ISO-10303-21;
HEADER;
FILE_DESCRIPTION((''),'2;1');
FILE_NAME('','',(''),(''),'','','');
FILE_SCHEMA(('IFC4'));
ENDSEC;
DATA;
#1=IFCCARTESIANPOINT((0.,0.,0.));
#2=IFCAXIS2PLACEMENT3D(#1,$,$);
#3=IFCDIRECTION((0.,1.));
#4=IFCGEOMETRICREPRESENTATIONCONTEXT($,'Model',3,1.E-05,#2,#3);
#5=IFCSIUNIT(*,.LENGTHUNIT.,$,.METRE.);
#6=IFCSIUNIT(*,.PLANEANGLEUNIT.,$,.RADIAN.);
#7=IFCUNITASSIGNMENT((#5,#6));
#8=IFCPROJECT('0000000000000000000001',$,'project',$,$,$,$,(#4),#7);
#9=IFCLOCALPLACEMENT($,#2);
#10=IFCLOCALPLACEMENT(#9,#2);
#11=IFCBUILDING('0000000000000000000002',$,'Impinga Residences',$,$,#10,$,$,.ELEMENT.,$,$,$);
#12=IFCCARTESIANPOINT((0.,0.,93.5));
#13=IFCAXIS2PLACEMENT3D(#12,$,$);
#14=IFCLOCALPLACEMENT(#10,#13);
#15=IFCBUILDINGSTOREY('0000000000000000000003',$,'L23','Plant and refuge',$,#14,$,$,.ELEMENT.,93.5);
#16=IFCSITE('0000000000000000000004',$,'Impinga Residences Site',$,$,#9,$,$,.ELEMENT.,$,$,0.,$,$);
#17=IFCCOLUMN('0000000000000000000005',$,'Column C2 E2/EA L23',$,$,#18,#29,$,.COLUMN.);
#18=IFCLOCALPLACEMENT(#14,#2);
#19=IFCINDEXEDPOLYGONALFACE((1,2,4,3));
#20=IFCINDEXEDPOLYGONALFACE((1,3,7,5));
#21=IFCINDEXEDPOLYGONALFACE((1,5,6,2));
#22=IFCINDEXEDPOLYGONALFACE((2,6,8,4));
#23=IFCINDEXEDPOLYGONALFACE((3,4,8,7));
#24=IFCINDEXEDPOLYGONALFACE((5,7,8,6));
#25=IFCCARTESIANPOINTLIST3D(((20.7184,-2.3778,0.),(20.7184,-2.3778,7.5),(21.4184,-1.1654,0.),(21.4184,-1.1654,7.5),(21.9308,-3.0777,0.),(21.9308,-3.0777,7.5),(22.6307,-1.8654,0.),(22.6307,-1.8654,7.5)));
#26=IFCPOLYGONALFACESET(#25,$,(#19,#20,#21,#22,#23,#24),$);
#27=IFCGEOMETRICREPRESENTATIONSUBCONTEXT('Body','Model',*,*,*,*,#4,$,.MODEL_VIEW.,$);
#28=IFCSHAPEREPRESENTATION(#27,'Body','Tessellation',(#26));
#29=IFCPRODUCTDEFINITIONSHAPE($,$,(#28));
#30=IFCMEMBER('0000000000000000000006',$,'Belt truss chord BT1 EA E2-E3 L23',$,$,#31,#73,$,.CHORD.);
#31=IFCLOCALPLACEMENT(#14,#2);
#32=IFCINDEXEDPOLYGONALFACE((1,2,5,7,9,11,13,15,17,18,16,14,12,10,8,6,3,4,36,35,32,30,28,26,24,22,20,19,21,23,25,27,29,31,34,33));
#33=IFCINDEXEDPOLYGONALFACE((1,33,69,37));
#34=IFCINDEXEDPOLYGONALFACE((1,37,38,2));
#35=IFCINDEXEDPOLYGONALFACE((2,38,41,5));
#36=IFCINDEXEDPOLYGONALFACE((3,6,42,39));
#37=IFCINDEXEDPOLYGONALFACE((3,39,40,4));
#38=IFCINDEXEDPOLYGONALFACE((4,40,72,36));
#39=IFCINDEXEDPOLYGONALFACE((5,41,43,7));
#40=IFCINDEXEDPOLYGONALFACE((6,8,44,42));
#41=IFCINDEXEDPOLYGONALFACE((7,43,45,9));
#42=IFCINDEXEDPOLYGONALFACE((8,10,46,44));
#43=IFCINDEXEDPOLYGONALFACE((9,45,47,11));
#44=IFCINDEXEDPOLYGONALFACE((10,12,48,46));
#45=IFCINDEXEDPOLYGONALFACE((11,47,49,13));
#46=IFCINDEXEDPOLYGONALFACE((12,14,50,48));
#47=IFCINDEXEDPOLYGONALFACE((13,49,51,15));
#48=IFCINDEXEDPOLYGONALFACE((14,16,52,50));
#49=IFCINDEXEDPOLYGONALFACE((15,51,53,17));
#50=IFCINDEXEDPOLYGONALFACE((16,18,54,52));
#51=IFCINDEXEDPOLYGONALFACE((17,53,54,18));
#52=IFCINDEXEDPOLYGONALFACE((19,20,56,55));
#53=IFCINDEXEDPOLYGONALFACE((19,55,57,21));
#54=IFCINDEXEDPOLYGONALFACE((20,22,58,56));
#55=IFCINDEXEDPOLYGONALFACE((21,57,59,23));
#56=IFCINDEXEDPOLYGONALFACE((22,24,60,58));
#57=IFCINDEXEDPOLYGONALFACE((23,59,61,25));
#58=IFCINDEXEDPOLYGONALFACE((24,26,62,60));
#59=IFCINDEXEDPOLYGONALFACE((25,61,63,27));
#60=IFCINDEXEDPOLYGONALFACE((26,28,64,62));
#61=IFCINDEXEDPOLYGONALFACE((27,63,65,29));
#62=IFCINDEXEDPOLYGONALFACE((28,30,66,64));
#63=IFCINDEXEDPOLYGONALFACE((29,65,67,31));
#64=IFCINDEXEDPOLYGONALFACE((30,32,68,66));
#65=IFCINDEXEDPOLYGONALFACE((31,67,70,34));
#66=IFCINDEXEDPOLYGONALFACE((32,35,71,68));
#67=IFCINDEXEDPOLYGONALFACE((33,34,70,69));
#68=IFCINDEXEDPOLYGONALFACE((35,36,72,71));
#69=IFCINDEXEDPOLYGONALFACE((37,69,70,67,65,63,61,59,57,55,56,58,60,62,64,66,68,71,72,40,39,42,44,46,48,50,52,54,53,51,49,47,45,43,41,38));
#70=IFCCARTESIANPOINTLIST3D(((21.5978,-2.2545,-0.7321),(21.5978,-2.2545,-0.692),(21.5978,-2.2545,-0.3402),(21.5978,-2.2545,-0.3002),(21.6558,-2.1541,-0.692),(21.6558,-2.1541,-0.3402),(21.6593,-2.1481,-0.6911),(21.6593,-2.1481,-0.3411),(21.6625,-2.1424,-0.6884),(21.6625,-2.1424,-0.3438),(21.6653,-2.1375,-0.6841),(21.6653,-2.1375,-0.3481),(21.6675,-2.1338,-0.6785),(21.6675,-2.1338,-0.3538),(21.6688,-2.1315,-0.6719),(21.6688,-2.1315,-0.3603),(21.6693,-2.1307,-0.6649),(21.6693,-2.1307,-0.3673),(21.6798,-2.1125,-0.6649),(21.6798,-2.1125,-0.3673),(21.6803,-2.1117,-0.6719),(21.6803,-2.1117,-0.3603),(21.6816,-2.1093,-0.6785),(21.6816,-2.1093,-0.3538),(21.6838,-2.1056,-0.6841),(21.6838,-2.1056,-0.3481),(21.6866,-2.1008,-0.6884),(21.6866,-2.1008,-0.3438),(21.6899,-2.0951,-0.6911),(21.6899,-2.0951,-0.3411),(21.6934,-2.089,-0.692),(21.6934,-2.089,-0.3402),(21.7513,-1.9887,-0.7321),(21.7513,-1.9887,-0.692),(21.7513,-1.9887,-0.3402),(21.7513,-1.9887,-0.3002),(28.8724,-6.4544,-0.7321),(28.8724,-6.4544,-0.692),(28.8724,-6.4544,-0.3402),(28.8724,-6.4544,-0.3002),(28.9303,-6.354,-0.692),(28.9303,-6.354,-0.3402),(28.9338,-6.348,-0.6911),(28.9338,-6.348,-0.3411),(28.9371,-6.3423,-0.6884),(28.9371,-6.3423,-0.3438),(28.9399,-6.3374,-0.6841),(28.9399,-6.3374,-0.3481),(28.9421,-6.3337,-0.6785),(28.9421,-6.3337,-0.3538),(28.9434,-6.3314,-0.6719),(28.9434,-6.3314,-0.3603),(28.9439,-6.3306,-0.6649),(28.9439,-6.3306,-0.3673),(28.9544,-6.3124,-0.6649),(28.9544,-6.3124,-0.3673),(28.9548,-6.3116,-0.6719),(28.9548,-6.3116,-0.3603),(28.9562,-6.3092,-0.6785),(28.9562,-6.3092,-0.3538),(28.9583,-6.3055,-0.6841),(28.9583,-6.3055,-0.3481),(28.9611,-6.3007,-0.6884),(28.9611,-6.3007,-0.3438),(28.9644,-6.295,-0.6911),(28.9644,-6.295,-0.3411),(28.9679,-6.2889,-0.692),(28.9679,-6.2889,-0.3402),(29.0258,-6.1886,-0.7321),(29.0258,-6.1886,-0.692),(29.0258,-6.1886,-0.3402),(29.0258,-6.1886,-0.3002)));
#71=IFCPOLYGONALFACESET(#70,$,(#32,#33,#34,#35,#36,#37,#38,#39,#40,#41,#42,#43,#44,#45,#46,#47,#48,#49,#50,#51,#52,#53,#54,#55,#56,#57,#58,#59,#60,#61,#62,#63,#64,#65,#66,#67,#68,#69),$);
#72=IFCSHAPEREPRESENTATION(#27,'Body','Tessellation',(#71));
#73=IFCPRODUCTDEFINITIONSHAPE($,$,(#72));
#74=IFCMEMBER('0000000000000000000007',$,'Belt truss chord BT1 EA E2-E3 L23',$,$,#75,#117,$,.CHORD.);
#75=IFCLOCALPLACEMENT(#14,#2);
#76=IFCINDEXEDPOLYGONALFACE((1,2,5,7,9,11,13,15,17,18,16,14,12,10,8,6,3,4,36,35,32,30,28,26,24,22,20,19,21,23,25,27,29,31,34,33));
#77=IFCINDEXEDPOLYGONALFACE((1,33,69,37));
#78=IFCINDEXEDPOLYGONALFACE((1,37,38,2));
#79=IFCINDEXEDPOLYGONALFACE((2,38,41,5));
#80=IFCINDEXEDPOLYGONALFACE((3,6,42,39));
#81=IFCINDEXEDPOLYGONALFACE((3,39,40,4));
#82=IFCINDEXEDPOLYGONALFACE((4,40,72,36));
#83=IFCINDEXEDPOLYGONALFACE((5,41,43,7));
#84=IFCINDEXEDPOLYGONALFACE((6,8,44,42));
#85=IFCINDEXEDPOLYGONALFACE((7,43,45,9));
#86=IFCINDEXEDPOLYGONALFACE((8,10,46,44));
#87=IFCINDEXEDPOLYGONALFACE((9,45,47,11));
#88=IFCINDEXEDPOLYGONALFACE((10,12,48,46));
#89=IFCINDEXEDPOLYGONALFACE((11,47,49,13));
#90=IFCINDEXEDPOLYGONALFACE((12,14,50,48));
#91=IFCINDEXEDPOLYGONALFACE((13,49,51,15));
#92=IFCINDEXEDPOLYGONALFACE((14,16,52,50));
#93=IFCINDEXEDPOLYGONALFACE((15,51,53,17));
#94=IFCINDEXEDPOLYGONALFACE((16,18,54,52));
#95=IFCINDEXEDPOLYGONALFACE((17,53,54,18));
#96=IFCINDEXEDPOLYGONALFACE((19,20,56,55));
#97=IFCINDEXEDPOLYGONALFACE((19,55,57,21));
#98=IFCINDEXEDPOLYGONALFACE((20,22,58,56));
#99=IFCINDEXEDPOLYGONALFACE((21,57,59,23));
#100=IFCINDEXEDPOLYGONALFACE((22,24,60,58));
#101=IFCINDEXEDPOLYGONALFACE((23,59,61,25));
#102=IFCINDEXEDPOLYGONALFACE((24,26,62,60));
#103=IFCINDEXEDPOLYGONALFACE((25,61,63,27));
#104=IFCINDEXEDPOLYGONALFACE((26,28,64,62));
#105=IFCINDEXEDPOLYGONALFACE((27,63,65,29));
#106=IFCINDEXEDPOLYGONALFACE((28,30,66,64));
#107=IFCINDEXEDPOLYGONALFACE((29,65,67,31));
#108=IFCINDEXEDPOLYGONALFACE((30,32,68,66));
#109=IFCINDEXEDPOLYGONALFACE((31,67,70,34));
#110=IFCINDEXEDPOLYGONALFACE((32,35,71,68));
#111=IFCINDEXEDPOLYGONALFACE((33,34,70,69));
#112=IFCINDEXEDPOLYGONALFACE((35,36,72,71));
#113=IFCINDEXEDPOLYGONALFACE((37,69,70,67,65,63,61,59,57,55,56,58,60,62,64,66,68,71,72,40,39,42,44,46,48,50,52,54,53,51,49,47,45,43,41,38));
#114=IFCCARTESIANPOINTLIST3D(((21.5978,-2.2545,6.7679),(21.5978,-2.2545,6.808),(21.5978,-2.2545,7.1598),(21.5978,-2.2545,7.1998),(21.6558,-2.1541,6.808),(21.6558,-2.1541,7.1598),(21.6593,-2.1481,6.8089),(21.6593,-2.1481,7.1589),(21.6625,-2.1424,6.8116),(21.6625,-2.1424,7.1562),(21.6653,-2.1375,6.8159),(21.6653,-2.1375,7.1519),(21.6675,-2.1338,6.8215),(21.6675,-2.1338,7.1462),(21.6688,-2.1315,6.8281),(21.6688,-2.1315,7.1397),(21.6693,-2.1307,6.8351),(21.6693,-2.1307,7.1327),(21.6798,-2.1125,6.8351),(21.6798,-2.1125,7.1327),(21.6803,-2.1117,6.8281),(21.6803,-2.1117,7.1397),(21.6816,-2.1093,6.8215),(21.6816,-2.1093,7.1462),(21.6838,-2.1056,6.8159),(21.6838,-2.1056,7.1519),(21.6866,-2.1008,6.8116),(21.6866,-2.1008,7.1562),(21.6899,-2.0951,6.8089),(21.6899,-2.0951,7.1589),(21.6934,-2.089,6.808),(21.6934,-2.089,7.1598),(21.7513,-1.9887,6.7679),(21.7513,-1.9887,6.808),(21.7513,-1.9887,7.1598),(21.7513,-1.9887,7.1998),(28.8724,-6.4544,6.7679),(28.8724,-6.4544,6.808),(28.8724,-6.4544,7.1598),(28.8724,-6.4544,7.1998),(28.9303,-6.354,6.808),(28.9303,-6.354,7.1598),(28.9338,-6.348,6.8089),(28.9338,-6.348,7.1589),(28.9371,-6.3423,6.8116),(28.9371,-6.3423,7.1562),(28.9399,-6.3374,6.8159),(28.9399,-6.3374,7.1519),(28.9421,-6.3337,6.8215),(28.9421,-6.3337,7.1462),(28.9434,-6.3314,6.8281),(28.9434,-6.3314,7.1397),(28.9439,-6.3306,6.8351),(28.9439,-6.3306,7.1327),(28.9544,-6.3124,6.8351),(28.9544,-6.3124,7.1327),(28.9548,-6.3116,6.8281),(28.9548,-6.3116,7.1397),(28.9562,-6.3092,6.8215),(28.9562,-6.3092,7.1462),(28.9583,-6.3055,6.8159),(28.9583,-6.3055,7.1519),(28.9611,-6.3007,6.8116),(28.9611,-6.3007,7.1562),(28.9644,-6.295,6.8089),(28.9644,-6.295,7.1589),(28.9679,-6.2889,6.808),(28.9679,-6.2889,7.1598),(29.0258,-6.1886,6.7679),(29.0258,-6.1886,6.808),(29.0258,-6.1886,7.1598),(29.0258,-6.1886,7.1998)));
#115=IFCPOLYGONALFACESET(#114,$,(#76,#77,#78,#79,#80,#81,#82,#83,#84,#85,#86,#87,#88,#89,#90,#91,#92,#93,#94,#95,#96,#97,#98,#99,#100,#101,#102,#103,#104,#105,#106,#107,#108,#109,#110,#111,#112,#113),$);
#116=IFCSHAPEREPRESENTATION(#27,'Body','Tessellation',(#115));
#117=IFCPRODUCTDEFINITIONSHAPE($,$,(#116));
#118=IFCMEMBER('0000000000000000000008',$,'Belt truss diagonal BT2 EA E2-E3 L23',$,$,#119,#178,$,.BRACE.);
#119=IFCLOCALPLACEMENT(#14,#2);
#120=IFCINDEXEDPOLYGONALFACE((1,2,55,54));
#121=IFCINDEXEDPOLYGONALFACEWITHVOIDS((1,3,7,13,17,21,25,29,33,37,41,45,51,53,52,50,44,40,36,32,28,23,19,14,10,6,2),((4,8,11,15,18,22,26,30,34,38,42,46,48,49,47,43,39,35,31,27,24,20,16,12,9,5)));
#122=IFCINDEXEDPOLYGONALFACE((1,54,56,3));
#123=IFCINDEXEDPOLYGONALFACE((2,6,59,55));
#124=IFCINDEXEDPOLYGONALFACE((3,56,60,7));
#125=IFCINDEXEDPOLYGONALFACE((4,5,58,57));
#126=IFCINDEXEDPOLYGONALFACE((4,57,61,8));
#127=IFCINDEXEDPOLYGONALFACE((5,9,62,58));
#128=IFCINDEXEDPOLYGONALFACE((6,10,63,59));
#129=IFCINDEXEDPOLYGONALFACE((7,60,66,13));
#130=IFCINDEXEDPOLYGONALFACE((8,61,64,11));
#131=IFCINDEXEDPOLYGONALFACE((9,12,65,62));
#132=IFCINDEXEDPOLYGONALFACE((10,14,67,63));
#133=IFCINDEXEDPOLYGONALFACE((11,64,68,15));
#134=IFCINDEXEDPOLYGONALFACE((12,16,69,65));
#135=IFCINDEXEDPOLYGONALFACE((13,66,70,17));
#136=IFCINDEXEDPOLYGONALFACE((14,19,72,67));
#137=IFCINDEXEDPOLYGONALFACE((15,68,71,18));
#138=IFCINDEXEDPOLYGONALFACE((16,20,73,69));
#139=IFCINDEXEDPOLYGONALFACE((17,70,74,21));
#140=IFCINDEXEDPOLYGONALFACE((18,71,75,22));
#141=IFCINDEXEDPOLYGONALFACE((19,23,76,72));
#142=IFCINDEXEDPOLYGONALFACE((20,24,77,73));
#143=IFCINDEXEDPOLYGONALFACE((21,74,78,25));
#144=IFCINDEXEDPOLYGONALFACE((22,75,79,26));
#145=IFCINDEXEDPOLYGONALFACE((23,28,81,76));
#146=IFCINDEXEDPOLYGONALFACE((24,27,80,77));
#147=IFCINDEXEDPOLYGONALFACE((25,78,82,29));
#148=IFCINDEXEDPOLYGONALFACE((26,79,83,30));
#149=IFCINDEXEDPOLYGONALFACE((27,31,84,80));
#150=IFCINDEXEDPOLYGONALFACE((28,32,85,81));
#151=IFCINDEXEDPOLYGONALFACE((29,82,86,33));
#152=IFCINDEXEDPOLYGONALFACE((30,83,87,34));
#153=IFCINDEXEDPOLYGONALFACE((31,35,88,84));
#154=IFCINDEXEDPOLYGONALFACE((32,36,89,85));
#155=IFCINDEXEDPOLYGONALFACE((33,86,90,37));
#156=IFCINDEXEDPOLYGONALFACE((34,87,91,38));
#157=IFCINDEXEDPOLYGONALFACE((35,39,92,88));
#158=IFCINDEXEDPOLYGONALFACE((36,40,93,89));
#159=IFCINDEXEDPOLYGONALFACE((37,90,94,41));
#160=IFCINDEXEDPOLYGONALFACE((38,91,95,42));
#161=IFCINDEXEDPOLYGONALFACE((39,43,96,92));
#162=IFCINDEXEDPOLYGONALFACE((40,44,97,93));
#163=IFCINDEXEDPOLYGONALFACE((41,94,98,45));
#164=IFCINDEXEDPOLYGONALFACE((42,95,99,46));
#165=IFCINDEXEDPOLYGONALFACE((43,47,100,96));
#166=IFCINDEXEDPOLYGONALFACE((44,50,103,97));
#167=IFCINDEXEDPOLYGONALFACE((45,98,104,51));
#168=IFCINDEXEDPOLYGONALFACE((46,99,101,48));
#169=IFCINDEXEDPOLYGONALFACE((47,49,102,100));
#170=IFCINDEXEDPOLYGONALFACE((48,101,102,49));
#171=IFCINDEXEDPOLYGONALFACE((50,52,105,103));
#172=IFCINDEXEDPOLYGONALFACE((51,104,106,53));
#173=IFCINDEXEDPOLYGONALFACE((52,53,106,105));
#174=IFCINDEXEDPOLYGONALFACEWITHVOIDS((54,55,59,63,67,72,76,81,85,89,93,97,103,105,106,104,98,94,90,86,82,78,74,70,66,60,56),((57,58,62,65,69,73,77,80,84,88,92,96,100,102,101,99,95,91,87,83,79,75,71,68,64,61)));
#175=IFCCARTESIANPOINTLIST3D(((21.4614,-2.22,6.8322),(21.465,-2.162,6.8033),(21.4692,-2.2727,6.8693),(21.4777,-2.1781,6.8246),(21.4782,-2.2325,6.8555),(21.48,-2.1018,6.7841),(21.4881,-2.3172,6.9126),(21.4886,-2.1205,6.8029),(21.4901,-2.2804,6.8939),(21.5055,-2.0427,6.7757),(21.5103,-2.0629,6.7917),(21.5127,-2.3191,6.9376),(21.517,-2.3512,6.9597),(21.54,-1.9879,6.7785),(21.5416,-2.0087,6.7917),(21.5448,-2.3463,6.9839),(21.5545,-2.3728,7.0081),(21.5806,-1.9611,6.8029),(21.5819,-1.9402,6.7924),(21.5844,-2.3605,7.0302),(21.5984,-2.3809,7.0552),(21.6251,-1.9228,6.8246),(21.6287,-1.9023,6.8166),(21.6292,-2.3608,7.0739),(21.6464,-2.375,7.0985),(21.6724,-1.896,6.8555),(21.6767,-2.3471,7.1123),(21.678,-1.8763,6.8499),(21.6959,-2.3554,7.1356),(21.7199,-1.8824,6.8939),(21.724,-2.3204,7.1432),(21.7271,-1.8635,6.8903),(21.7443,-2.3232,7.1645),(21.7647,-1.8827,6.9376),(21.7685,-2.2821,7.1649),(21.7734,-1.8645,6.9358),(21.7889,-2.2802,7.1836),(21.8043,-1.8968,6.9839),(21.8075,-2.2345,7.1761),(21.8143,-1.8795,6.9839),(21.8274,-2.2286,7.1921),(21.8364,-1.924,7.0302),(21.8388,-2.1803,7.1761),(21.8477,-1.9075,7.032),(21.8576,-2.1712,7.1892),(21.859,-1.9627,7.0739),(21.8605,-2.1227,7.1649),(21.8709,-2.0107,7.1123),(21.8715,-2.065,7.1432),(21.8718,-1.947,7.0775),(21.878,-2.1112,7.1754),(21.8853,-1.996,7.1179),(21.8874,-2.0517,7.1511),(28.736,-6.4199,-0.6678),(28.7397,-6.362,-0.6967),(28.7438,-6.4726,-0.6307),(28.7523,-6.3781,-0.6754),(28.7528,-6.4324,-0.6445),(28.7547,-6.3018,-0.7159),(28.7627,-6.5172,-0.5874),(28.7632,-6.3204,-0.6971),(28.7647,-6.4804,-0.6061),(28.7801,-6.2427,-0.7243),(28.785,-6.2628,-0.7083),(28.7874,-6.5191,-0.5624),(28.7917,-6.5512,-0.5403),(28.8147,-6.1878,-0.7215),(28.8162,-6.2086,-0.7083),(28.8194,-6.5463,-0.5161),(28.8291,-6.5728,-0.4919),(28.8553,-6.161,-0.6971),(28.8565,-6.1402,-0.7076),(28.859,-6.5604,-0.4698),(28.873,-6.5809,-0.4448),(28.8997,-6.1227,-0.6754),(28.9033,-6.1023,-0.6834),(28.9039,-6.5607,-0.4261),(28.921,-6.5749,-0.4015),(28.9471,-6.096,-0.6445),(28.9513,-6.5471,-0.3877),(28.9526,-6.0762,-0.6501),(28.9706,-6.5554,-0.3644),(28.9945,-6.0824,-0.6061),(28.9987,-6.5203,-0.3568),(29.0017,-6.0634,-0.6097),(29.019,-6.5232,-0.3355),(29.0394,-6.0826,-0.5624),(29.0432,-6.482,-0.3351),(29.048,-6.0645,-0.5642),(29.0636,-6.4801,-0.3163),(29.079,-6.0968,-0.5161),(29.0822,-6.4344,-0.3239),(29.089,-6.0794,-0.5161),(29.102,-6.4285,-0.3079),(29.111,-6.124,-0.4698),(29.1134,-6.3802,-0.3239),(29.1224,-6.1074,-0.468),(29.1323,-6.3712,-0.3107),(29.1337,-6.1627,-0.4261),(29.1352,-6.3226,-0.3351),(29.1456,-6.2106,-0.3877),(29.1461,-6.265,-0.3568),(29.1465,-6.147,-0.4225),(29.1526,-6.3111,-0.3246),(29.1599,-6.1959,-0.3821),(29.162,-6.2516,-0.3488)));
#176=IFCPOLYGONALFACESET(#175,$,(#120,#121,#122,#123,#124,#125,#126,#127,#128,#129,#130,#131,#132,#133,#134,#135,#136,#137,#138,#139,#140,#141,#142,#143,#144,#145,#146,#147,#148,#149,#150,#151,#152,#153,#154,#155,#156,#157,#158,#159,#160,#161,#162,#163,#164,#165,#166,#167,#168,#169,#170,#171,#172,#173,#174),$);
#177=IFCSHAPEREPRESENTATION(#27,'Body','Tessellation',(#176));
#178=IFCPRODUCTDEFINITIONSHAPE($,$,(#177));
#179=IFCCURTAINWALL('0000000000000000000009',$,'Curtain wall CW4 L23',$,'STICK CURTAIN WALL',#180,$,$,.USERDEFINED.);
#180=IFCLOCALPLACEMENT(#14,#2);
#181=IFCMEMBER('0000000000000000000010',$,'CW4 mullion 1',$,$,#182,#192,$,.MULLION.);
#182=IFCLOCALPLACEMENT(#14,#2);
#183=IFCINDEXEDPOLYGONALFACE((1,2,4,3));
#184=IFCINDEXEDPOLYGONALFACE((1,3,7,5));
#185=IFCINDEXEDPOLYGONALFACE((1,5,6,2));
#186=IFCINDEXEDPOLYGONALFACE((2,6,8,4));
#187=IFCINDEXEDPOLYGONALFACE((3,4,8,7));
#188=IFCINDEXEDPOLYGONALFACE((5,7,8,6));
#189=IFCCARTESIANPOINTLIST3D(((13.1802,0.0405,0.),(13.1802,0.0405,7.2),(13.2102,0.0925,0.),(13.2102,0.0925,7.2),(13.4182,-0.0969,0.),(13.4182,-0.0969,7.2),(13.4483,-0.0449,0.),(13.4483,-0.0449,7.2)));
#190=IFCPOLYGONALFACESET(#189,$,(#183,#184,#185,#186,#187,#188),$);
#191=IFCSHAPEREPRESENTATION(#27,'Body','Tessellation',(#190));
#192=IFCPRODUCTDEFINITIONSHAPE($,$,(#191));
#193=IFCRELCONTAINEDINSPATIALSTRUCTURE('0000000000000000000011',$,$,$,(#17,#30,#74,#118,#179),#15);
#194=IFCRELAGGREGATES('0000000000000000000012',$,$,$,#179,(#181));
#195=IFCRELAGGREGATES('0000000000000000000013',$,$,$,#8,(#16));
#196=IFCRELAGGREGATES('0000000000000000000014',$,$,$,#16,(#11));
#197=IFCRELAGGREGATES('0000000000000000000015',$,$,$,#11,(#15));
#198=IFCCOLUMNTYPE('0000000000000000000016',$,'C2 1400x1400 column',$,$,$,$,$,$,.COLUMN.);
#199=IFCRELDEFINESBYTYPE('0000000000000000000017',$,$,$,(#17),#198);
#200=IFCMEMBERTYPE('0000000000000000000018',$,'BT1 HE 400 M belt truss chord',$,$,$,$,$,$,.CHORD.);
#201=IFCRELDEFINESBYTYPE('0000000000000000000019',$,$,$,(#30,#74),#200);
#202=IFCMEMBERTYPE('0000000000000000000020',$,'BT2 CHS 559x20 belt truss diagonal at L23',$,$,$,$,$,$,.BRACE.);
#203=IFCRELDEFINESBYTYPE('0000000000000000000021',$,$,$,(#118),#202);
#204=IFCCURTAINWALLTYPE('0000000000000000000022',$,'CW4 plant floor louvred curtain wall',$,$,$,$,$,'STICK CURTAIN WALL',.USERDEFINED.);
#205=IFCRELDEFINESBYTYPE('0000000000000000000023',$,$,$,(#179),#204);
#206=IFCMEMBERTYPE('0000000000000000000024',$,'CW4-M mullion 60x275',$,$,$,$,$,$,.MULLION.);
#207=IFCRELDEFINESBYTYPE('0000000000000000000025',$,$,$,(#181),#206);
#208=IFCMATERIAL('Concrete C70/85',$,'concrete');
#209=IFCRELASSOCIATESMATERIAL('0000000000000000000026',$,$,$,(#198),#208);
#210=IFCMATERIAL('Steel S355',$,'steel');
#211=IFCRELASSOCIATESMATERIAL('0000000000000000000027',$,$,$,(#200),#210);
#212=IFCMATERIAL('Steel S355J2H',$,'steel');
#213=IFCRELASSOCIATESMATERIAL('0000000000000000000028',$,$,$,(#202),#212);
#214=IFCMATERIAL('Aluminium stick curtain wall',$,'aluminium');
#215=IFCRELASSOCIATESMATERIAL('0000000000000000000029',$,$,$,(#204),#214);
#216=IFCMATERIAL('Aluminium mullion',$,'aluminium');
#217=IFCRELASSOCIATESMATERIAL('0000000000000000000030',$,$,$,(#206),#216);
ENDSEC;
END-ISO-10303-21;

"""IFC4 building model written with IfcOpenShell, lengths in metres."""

from ifc_helpers import new_model, si_unit, direction, frame, origin, origin_2d, place, context, subcontext, project, spatial, rectangle, hollow_circle, i_section, extrude, material, material_profile, profile_set, type_object, element, aggregate, save


model = new_model("IFC4")

# Units and contexts
model_context = context("Model", 3, precision=1e-05, world=origin(), true_north=direction((0.0, 1.0)))
body_context = subcontext(model_context, "Body", "Model", "MODEL_VIEW")
ifc_project = project(units=[si_unit("LENGTHUNIT", "METRE"), si_unit("PLANEANGLEUNIT", "RADIAN")], contexts=[model_context])

# Site, building, storey
site_placement = place(None, origin())
site = spatial("IfcSite", under=ifc_project, at=site_placement, Name="Impinga Residences Site", CompositionType="ELEMENT", RefElevation=0.0)
building_placement = place(site_placement, origin())
building = spatial("IfcBuilding", under=site, at=building_placement, Name="Impinga Residences", CompositionType="ELEMENT")
storey_placement = place(building_placement, frame((0.0, 0.0, 93.5)))
storey = spatial("IfcBuildingStorey", under=building, at=storey_placement, Name="L23", Description="Plant and refuge", CompositionType="ELEMENT", Elevation=93.5)

# Column
ifc_material_1 = material(Name="Concrete C70/85", Category="concrete")
ifc_material_profile_1 = material_profile(ifc_material_1, rectangle(XDim=1.3999, YDim=1.3999, at=origin_2d()), Name="RC 1400x1400")
ifc_profile_set_1 = profile_set([ifc_material_profile_1], Name="Concrete C70/85")
column_type = type_object("IfcColumnType", Name="C2 1400x1400 column", PredefinedType="COLUMN", material=ifc_profile_set_1)
column_placement = place(storey_placement, frame((21.6746, -2.1216, 0.0), z_axis=(0.0, 0.0, 1.0), x_axis=(-0.5, -0.866025, 0.0)))
element("IfcColumn", 1, at=column_placement, inside=storey, type_object=column_type, Name="Column C2 E2/EA L23", PredefinedType="COLUMN", context=body_context, shape_type="SweptSolid", body=[
    extrude(rectangle(XDim=1.3999, YDim=1.3999, at=origin_2d()), origin(), (0.0, 0.0, 1.0), 7.5),
])

# Members
ifc_material_2 = material(Name="Steel S355", Category="steel")
ifc_material_profile_2 = material_profile(ifc_material_2, i_section(OverallWidth=0.3069, OverallDepth=0.4319, WebThickness=0.021, FlangeThickness=0.04, FilletRadius=0.0271, at=origin_2d()), Name="HE 400 M")
ifc_profile_set_2 = profile_set([ifc_material_profile_2], Name="Steel S355")
member_type_1 = type_object("IfcMemberType", Name="BT1 HE 400 M belt truss chord", PredefinedType="CHORD", material=ifc_profile_set_2)
for number, where, z_axis, x_axis, name in (
    (2, (21.6746, -2.1216, -0.5161), (0.866029, -0.499993, 0.0), (0.499993, 0.866029, 0.0), "Belt truss chord BT1 EA E2-E3 L23"),
    (3, (21.6746, -2.1216, 6.9839), (0.866029, -0.499993, 0.0), (0.499993, 0.866029, 0.0), "Belt truss chord BT1 EA E2-E3 L23"),
):
    element("IfcMember", number, at=place(storey_placement, frame(where, z_axis=z_axis, x_axis=x_axis)), inside=storey, type_object=member_type_1, Name=name, PredefinedType="CHORD", context=body_context, shape_type="SweptSolid", body=[
        extrude(i_section(OverallWidth=0.3069, OverallDepth=0.4319, WebThickness=0.021, FlangeThickness=0.04, FilletRadius=0.0271, at=origin_2d()), origin(), (0.0, 0.0, 1.0), 8.3999),
    ])
ifc_material_3 = material(Name="Steel S355J2H", Category="steel")
ifc_material_profile_3 = material_profile(ifc_material_3, hollow_circle(Radius=0.2795, WallThickness=0.02, at=origin_2d()), Name="CHS 559x20")
ifc_profile_set_3 = profile_set([ifc_material_profile_3], Name="Steel S355J2H")
member_type_2 = type_object("IfcMemberType", Name="BT2 CHS 559x20 belt truss diagonal at L23", PredefinedType="BRACE", material=ifc_profile_set_3)
member_1_placement = place(storey_placement, frame((21.6746, -2.1216, 6.9839), z_axis=(0.646004, -0.372964, -0.666015), x_axis=(0.499993, 0.866029, 0.0)))
element("IfcMember", 4, at=member_1_placement, inside=storey, type_object=member_type_2, Name="Belt truss diagonal BT2 EA E2-E3 L23", PredefinedType="BRACE", context=body_context, shape_type="SweptSolid", body=[
    extrude(hollow_circle(Radius=0.2795, WallThickness=0.02, at=origin_2d()), origin(), (0.0, 0.0, 1.0), 11.261),
])

# Curtain wall, member
ifc_material_4 = material(Name="Aluminium stick curtain wall", Category="aluminium")
curtain_wall_type = type_object("IfcCurtainWallType", Name="CW4 plant floor louvred curtain wall", ElementType="STICK CURTAIN WALL", PredefinedType="USERDEFINED", material=ifc_material_4)
curtain_wall_1_placement = place(storey_placement, origin())
curtain_wall_1 = element("IfcCurtainWall", 5, at=curtain_wall_1_placement, inside=storey, type_object=curtain_wall_type, Name="Curtain wall CW4 L23", ObjectType="STICK CURTAIN WALL", PredefinedType="USERDEFINED")
ifc_material_5 = material(Name="Aluminium mullion", Category="aluminium")
ifc_material_profile_4 = material_profile(ifc_material_5, rectangle(XDim=0.0601, YDim=0.2749, at=origin_2d()), Name="60x275 mullion")
ifc_profile_set_4 = profile_set([ifc_material_profile_4], Name="Aluminium mullion")
member_type_3 = type_object("IfcMemberType", Name="CW4-M mullion 60x275", PredefinedType="MULLION", material=ifc_profile_set_4)
member_2_placement = place(storey_placement, frame((13.3142, -0.0022, 0.0), z_axis=(0.0, 0.0, 1.0), x_axis=(0.5, 0.866025, 0.0)))
member_2 = element("IfcMember", 6, at=member_2_placement, type_object=member_type_3, Name="CW4 mullion 1", PredefinedType="MULLION", context=body_context, shape_type="SweptSolid", body=[
    extrude(rectangle(XDim=0.0601, YDim=0.2749, at=origin_2d()), origin(), (0.0, 0.0, 1.0), 7.2),
])

aggregate(curtain_wall_1, [member_2])

save(model, "model.ifc")
